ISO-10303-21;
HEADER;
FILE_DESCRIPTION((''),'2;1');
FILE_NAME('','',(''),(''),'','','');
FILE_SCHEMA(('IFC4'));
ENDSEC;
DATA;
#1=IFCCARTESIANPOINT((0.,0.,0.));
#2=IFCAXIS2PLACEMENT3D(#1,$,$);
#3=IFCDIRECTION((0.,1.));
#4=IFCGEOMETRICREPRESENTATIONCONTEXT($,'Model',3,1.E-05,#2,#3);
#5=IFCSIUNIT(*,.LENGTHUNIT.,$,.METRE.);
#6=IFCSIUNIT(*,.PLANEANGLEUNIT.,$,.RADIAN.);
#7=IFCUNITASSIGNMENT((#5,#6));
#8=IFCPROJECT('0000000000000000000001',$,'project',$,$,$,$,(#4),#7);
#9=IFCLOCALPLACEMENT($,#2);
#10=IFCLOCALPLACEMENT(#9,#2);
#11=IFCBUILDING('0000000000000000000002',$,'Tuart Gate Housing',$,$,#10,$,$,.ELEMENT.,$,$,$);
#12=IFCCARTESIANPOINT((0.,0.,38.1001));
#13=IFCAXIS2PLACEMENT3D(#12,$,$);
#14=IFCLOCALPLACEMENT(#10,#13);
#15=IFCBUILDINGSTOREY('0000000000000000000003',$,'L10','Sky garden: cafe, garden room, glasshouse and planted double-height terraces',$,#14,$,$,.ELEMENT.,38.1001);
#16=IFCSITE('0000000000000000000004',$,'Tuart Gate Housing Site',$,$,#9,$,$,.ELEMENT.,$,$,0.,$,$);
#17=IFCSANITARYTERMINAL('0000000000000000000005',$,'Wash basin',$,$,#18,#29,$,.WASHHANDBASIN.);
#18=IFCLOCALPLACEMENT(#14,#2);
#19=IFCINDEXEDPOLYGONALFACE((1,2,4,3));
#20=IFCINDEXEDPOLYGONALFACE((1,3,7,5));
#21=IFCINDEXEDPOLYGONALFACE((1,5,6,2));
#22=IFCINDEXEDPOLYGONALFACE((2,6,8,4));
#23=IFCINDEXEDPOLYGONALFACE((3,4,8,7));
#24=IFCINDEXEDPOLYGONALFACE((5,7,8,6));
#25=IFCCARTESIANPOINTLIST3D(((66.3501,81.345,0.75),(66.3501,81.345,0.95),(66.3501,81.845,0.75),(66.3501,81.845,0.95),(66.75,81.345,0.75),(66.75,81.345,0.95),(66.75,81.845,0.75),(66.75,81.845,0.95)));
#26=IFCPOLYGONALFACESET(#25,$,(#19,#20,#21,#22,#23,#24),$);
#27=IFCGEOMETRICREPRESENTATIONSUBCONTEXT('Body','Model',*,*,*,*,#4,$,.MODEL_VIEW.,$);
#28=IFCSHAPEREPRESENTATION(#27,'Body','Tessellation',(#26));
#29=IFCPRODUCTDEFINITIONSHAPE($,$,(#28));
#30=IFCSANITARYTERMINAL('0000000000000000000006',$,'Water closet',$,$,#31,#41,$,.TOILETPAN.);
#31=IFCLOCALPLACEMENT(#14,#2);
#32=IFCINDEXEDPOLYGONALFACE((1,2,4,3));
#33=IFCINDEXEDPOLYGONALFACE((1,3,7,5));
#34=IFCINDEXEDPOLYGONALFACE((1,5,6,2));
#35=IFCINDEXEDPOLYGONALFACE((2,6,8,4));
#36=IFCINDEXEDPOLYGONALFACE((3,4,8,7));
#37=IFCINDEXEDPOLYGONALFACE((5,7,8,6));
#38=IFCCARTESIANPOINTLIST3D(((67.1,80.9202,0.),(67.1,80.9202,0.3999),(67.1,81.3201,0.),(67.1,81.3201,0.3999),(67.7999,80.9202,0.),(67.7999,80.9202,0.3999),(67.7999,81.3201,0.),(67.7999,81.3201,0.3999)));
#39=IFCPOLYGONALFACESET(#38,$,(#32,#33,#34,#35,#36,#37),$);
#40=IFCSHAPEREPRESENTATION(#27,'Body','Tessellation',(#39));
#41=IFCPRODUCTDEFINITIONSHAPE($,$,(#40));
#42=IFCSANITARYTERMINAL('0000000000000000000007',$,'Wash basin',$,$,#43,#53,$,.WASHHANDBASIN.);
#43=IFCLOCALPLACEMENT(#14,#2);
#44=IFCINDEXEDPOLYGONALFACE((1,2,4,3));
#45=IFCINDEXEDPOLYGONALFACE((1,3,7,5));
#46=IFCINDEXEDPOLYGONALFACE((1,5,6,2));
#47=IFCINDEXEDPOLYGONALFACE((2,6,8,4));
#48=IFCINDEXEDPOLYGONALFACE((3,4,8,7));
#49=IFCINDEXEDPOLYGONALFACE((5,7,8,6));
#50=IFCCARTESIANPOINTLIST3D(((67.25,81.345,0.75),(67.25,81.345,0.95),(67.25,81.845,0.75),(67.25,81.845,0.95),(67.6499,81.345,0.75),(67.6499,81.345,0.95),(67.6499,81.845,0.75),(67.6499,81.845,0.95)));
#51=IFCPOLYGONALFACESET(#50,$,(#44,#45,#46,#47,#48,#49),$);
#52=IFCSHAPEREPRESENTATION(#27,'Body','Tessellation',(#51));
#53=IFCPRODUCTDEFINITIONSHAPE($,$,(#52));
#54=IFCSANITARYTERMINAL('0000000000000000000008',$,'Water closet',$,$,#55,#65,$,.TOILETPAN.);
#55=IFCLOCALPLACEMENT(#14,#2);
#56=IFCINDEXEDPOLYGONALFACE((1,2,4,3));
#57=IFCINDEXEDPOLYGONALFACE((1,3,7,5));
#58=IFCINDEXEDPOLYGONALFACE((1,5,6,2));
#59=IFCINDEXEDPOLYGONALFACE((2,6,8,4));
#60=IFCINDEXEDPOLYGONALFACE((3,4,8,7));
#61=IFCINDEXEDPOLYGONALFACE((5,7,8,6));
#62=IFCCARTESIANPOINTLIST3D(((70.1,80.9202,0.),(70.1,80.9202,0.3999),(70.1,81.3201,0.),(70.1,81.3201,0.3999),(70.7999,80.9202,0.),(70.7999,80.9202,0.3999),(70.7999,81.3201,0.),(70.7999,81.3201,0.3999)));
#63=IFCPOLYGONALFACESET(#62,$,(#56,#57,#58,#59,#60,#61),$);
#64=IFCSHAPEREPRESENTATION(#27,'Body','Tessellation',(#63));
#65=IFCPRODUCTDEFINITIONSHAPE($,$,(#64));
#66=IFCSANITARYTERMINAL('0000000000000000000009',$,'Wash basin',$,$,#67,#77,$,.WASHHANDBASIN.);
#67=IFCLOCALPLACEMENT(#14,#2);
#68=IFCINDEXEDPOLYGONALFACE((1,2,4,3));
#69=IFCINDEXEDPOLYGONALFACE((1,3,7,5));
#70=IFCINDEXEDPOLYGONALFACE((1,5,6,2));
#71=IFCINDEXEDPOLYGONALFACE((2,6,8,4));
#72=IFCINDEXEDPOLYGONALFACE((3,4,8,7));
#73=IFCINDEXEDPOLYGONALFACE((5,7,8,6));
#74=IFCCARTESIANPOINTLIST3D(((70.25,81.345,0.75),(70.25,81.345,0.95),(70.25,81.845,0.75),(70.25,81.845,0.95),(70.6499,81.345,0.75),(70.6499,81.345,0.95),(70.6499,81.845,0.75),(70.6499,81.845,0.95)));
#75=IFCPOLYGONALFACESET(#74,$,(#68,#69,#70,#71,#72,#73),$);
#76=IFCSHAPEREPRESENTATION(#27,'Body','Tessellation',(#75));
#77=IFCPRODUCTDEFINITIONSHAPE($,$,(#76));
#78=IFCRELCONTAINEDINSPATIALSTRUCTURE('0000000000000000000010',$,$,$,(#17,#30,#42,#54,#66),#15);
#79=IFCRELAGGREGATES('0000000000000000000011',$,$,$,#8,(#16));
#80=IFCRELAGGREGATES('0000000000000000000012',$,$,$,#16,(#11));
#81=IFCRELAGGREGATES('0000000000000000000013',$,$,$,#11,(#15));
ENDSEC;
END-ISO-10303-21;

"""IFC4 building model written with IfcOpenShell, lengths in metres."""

from ifc_helpers import new_model, si_unit, direction, frame, origin, origin_2d, place, context, subcontext, project, spatial, rectangle, extrude, element, save


model = new_model("IFC4")

# Units and contexts
model_context = context("Model", 3, precision=1e-05, world=origin(), true_north=direction((0.0, 1.0)))
body_context = subcontext(model_context, "Body", "Model", "MODEL_VIEW")
ifc_project = project(units=[si_unit("LENGTHUNIT", "METRE"), si_unit("PLANEANGLEUNIT", "RADIAN")], contexts=[model_context])

# Site, building, storey
site_placement = place(None, origin())
site = spatial("IfcSite", under=ifc_project, at=site_placement, Name="Tuart Gate Housing Site", CompositionType="ELEMENT", RefElevation=0.0)
building_placement = place(site_placement, origin())
building = spatial("IfcBuilding", under=site, at=building_placement, Name="Tuart Gate Housing", CompositionType="ELEMENT")
storey_placement = place(building_placement, frame((0.0, 0.0, 38.1001)))
storey = spatial("IfcBuildingStorey", under=building, at=storey_placement, Name="L10", Description="Sky garden: cafe, garden room, glasshouse and planted double-height terraces", CompositionType="ELEMENT", Elevation=38.1001)

# Sanitary terminals
sanitary_terminal_1_placement = place(storey_placement, frame((66.55, 81.595, 0.75), z_axis=(0.0, 0.0, 1.0), x_axis=(1.0, 0.0, 0.0)))
element("IfcSanitaryTerminal", 1, at=sanitary_terminal_1_placement, inside=storey, Name="Wash basin", PredefinedType="WASHHANDBASIN", context=body_context, shape_type="SweptSolid", body=[
    extrude(rectangle(XDim=0.3999, YDim=0.5, at=origin_2d()), origin(), (0.0, 0.0, 1.0), 0.2),
])
sanitary_terminal_2_placement = place(storey_placement, frame((67.45, 81.1201, 0.0), z_axis=(0.0, 0.0, 1.0), x_axis=(1.0, 0.0, 0.0)))
element("IfcSanitaryTerminal", 2, at=sanitary_terminal_2_placement, inside=storey, Name="Water closet", PredefinedType="TOILETPAN", context=body_context, shape_type="SweptSolid", body=[
    extrude(rectangle(XDim=0.7, YDim=0.3999, at=origin_2d()), origin(), (0.0, 0.0, 1.0), 0.3999),
])
sanitary_terminal_3_placement = place(storey_placement, frame((67.45, 81.595, 0.75), z_axis=(0.0, 0.0, 1.0), x_axis=(1.0, 0.0, 0.0)))
element("IfcSanitaryTerminal", 3, at=sanitary_terminal_3_placement, inside=storey, Name="Wash basin", PredefinedType="WASHHANDBASIN", context=body_context, shape_type="SweptSolid", body=[
    extrude(rectangle(XDim=0.3999, YDim=0.5, at=origin_2d()), origin(), (0.0, 0.0, 1.0), 0.2),
])
sanitary_terminal_4_placement = place(storey_placement, frame((70.45, 81.1201, 0.0), z_axis=(0.0, 0.0, 1.0), x_axis=(1.0, 0.0, 0.0)))
element("IfcSanitaryTerminal", 4, at=sanitary_terminal_4_placement, inside=storey, Name="Water closet", PredefinedType="TOILETPAN", context=body_context, shape_type="SweptSolid", body=[
    extrude(rectangle(XDim=0.7, YDim=0.3999, at=origin_2d()), origin(), (0.0, 0.0, 1.0), 0.3999),
])
sanitary_terminal_5_placement = place(storey_placement, frame((70.45, 81.595, 0.75), z_axis=(0.0, 0.0, 1.0), x_axis=(1.0, 0.0, 0.0)))
element("IfcSanitaryTerminal", 5, at=sanitary_terminal_5_placement, inside=storey, Name="Wash basin", PredefinedType="WASHHANDBASIN", context=body_context, shape_type="SweptSolid", body=[
    extrude(rectangle(XDim=0.3999, YDim=0.5, at=origin_2d()), origin(), (0.0, 0.0, 1.0), 0.2),
])

save(model, "model.ifc")
